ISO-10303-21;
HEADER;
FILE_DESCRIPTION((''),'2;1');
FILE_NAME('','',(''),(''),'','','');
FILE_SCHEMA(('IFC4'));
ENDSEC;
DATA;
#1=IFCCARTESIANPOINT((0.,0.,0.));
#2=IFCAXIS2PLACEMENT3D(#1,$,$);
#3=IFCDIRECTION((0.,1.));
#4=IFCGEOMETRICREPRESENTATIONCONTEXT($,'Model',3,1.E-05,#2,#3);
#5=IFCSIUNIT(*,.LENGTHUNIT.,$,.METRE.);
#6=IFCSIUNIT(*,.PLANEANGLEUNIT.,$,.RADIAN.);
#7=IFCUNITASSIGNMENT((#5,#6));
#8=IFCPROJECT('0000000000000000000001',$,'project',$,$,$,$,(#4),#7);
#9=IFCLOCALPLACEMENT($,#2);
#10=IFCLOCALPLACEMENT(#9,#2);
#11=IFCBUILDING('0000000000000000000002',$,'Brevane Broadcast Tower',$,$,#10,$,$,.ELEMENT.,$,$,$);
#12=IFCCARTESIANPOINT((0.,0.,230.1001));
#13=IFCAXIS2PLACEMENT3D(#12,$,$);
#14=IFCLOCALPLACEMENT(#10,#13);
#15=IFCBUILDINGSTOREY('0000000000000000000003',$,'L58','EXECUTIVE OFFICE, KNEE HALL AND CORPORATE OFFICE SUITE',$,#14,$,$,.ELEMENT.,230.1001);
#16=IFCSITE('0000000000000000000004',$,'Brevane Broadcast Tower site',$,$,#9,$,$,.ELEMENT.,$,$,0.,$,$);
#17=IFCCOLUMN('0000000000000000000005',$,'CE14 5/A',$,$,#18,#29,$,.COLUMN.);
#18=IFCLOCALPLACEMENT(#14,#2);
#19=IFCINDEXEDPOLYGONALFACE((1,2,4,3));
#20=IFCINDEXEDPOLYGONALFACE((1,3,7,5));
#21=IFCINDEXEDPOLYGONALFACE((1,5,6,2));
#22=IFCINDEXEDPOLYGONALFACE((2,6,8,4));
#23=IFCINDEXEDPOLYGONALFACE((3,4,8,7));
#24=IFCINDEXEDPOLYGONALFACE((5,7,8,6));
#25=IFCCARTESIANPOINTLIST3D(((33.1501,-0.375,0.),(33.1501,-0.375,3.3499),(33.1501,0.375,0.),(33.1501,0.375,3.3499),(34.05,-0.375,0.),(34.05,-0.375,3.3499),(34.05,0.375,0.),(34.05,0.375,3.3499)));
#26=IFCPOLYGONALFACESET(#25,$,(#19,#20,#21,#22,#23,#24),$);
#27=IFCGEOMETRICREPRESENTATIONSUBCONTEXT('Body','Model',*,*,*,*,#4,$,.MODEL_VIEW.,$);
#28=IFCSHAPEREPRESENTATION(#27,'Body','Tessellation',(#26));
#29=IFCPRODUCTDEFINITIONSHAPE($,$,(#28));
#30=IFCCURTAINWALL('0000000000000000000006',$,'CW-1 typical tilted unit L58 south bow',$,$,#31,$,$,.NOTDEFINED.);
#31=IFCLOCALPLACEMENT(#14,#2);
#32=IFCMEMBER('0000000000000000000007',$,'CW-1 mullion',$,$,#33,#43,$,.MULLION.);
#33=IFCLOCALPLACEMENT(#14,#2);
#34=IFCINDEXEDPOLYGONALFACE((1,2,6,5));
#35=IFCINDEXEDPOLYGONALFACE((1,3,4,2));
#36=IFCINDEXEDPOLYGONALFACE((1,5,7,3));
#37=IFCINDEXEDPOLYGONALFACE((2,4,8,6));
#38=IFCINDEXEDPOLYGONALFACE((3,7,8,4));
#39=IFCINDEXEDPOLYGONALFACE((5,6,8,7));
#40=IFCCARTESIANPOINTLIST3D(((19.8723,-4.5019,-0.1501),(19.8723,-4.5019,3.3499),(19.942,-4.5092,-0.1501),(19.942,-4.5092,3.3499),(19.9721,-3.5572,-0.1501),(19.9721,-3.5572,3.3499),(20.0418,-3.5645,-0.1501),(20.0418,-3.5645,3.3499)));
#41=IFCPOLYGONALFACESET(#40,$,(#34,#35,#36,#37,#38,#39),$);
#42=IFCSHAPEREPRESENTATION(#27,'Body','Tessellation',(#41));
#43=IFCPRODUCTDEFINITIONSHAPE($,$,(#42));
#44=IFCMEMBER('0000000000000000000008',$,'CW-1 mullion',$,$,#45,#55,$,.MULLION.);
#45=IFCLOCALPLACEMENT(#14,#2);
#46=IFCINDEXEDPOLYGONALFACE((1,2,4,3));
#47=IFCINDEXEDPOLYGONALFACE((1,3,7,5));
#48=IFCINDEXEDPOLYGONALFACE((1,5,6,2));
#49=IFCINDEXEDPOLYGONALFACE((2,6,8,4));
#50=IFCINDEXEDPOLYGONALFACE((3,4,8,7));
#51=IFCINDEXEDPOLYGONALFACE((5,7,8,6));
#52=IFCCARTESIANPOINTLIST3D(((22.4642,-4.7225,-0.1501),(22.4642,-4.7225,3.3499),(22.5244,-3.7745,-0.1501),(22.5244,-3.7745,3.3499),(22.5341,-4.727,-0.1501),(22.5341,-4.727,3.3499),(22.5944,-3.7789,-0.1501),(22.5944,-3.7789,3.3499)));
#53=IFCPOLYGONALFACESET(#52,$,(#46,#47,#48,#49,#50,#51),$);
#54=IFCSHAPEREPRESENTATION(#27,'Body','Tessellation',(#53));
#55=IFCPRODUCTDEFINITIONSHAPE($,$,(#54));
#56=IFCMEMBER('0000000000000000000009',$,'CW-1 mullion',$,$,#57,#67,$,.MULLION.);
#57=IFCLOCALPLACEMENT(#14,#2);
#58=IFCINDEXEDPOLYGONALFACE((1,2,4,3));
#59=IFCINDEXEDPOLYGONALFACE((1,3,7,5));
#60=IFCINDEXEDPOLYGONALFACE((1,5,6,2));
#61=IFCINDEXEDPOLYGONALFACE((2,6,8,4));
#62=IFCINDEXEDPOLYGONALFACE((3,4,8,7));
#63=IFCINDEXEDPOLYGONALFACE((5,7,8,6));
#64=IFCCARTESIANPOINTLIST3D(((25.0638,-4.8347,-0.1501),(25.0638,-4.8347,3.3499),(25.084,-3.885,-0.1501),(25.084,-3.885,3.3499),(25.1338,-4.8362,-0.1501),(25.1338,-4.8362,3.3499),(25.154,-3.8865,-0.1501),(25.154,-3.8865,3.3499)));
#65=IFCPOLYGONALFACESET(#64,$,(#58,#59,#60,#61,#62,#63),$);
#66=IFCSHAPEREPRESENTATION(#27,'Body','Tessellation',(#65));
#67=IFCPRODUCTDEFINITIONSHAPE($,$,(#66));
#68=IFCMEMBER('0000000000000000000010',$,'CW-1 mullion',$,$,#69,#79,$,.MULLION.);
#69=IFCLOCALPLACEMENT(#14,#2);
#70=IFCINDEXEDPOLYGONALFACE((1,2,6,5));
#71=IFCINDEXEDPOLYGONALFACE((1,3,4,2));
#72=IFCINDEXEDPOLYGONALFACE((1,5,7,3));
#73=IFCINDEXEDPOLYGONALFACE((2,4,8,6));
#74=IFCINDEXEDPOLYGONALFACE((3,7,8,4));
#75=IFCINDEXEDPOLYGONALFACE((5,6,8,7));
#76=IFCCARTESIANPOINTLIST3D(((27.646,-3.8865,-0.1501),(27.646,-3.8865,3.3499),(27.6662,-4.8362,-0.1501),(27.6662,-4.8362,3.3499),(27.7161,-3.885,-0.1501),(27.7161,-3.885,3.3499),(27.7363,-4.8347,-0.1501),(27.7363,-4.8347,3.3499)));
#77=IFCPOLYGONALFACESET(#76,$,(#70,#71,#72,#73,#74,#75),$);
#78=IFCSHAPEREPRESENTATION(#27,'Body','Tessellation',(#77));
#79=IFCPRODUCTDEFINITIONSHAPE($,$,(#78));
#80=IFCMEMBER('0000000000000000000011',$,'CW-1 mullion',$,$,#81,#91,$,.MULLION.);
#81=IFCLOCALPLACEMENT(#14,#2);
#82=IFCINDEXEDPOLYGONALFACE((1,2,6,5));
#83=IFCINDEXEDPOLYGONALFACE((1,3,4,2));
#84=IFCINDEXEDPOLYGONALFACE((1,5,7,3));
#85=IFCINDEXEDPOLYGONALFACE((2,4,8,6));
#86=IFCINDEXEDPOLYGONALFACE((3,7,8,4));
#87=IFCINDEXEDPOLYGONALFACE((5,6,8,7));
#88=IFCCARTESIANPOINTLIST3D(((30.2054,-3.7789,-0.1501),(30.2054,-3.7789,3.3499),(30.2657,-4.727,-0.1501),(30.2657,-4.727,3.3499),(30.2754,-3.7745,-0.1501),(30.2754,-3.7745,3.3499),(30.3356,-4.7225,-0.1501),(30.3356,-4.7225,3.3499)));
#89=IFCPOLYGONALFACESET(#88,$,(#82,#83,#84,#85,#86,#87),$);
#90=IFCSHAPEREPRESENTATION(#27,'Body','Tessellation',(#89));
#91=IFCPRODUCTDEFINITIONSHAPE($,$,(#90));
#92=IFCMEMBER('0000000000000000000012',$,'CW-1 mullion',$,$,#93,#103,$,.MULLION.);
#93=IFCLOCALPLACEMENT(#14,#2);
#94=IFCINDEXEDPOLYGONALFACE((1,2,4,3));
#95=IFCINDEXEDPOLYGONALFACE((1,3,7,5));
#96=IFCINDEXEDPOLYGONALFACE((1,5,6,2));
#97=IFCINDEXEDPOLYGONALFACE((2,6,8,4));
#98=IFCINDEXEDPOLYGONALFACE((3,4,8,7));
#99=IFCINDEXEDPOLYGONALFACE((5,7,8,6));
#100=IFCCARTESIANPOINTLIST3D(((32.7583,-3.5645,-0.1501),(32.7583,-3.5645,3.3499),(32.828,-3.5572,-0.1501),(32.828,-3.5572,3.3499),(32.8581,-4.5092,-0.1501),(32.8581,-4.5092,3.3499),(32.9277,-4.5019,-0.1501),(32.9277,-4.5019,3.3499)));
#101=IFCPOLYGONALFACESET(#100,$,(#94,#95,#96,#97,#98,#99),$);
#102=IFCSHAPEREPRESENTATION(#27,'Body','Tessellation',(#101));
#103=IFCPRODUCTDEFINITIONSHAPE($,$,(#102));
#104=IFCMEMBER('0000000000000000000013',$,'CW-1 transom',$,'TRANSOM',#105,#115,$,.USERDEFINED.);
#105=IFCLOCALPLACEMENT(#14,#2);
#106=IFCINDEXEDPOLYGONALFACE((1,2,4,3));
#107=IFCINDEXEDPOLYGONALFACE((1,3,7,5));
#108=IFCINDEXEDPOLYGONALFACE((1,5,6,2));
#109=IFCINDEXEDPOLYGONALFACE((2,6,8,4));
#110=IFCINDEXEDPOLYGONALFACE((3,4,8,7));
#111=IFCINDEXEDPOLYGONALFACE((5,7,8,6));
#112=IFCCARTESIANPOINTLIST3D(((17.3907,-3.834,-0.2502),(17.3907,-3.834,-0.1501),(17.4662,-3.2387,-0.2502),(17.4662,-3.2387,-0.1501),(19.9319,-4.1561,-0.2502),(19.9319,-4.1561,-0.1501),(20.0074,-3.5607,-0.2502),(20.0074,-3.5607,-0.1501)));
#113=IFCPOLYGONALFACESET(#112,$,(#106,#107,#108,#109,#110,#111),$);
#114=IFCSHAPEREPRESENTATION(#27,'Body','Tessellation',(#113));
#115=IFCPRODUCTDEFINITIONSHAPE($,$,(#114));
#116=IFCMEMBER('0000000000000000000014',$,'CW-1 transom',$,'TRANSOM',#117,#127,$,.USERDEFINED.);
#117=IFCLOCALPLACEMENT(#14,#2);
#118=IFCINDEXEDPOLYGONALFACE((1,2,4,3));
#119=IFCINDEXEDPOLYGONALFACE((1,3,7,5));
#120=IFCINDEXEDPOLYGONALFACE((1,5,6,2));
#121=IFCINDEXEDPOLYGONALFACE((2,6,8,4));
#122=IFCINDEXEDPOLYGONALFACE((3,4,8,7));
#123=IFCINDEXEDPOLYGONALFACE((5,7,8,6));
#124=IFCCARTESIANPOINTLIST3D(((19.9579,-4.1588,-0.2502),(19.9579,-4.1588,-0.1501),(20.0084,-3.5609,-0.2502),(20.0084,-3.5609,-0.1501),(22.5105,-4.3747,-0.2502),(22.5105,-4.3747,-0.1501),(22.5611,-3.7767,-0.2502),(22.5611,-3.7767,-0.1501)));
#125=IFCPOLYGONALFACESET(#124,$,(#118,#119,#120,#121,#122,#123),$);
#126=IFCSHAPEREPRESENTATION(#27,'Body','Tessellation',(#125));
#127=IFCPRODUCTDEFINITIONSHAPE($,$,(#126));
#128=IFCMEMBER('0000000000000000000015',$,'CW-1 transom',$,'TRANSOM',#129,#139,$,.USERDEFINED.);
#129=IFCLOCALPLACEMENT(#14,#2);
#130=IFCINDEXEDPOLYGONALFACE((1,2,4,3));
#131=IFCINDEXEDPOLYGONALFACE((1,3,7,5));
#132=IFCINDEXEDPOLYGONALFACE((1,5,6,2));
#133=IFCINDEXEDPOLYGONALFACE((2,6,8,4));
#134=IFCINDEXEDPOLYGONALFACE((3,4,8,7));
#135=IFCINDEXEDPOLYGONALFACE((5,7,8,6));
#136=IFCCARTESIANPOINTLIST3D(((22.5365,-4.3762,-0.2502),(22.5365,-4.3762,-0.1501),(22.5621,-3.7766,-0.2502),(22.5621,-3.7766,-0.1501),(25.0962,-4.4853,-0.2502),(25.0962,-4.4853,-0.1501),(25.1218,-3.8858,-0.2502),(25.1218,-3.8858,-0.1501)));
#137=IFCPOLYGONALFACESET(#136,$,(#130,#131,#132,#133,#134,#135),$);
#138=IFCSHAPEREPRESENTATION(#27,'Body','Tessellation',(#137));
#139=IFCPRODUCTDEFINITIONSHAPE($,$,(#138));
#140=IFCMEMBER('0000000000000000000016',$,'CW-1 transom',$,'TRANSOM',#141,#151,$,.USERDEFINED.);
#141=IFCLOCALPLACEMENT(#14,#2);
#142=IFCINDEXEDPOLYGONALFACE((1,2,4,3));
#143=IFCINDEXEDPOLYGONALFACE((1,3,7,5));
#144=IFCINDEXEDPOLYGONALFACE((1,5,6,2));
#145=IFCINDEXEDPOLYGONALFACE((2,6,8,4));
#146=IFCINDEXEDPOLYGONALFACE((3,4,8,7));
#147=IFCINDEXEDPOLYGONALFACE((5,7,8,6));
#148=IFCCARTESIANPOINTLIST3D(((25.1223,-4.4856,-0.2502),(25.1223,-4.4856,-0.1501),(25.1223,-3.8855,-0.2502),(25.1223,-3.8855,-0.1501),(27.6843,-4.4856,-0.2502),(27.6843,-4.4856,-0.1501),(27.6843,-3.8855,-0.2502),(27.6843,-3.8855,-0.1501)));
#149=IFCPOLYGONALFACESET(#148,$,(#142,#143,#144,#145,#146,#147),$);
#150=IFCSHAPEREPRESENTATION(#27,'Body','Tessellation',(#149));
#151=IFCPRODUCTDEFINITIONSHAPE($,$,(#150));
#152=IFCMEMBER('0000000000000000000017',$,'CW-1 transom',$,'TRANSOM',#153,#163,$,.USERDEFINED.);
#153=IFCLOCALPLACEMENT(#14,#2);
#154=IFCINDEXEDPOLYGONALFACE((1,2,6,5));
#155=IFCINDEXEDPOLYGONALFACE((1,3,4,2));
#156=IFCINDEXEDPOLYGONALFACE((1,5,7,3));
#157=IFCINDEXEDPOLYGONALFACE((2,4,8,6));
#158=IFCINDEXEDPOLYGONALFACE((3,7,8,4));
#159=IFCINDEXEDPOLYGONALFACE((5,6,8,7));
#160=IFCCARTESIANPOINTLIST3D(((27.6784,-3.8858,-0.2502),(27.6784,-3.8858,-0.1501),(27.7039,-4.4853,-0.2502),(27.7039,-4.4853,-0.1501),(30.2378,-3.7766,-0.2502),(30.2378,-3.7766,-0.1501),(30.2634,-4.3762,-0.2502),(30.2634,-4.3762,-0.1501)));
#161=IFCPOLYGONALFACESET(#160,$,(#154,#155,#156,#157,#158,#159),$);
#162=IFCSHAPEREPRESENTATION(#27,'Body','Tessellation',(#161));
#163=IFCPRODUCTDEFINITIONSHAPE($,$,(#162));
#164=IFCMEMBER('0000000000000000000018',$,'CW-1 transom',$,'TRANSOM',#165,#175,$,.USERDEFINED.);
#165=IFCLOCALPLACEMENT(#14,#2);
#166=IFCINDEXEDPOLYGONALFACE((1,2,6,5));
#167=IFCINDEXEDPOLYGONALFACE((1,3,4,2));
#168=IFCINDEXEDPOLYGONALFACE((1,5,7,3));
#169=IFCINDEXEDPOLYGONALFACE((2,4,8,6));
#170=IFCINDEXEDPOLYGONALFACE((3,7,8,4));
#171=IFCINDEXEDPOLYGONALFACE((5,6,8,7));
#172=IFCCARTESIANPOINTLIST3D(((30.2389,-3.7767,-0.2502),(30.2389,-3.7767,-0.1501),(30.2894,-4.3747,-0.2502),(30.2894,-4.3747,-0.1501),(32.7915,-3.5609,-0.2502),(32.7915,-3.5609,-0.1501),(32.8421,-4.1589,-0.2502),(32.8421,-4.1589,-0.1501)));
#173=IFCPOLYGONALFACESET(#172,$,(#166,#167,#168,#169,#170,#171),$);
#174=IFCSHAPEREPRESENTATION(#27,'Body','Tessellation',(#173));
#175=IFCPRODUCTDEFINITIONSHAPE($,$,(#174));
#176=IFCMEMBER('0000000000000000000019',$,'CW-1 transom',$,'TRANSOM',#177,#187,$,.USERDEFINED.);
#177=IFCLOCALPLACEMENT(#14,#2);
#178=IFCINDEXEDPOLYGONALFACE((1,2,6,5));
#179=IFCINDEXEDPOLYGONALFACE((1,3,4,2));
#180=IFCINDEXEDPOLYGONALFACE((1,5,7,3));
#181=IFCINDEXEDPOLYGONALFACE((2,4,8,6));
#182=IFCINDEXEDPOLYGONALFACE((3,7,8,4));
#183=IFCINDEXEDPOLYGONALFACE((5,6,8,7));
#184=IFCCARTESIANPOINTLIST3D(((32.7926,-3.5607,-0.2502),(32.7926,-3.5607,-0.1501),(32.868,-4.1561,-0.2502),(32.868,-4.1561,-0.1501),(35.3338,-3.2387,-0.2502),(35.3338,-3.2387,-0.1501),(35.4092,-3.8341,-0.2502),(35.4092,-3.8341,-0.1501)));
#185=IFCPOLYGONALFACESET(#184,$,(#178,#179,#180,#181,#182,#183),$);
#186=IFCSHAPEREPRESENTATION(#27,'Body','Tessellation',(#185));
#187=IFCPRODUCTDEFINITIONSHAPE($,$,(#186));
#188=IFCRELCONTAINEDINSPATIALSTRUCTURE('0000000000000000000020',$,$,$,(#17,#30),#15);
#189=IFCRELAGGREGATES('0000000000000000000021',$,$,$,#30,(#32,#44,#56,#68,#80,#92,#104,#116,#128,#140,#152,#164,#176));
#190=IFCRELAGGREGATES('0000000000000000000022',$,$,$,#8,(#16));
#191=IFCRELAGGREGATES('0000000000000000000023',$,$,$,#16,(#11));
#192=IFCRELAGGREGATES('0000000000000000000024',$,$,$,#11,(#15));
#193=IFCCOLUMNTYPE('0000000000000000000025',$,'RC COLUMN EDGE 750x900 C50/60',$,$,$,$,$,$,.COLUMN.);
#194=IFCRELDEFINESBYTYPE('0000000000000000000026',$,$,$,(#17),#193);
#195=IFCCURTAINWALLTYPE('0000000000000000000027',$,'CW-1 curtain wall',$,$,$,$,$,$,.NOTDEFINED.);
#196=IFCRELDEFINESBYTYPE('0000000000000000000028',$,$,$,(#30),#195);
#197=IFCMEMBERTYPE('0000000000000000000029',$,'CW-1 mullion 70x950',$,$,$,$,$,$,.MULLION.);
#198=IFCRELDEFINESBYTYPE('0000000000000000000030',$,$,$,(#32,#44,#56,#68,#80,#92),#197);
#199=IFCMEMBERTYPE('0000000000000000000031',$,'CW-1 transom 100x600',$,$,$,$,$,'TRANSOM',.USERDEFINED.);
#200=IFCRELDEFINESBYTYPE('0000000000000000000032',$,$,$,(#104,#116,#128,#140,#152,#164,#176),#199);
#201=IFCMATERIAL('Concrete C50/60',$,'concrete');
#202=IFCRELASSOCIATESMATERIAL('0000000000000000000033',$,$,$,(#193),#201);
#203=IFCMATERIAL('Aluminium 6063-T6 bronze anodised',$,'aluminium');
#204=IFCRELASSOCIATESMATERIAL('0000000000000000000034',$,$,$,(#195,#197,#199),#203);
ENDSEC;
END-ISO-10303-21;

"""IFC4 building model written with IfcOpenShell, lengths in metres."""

from ifc_helpers import new_model, si_unit, direction, frame, origin, origin_2d, place, context, subcontext, project, spatial, rectangle, extrude, material, material_profile, profile_set, type_object, element, aggregate, save


model = new_model("IFC4")

# Units and contexts
model_context = context("Model", 3, precision=1e-05, world=origin(), true_north=direction((0.0, 1.0)))
body_context = subcontext(model_context, "Body", "Model", "MODEL_VIEW")
ifc_project = project(units=[si_unit("LENGTHUNIT", "METRE"), si_unit("PLANEANGLEUNIT", "RADIAN")], contexts=[model_context])

# Site, building, storey
site_placement = place(None, origin())
site = spatial("IfcSite", under=ifc_project, at=site_placement, Name="Brevane Broadcast Tower site", CompositionType="ELEMENT", RefElevation=0.0)
building_placement = place(site_placement, origin())
building = spatial("IfcBuilding", under=site, at=building_placement, Name="Brevane Broadcast Tower", CompositionType="ELEMENT")
storey_placement = place(building_placement, frame((0.0, 0.0, 230.1001)))
storey = spatial("IfcBuildingStorey", under=building, at=storey_placement, Name="L58", Description="EXECUTIVE OFFICE, KNEE HALL AND CORPORATE OFFICE SUITE", CompositionType="ELEMENT", Elevation=230.1001)

# Column
ifc_material_1 = material(Name="Concrete C50/60", Category="concrete")
ifc_material_profile_1 = material_profile(ifc_material_1, rectangle(XDim=0.75, YDim=0.8999, at=origin_2d()), Name="RC 750x900")
ifc_profile_set_1 = profile_set([ifc_material_profile_1], Name="Concrete C50/60")
column_type = type_object("IfcColumnType", Name="RC COLUMN EDGE 750x900 C50/60", PredefinedType="COLUMN", material=ifc_profile_set_1)
column_placement = place(storey_placement, frame((33.6001, 0.0, 0.0), z_axis=(0.0, 0.0, 1.0), x_axis=(0.0, 1.0, 0.0)))
element("IfcColumn", 1, at=column_placement, inside=storey, type_object=column_type, Name="CE14 5/A", PredefinedType="COLUMN", context=body_context, shape_type="SweptSolid", body=[
    extrude(rectangle(XDim=0.75, YDim=0.8999, at=origin_2d()), origin(), (0.0, 0.0, 1.0), 3.3499),
])

# Curtain wall, members
ifc_material_2 = material(Name="Aluminium 6063-T6 bronze anodised", Category="aluminium")
curtain_wall_type = type_object("IfcCurtainWallType", Name="CW-1 curtain wall", PredefinedType="NOTDEFINED", material=ifc_material_2)
curtain_wall_placement = place(storey_placement, origin())
curtain_wall = element("IfcCurtainWall", 2, at=curtain_wall_placement, inside=storey, type_object=curtain_wall_type, Name="CW-1 typical tilted unit L58 south bow", PredefinedType="NOTDEFINED")
ifc_material_profile_2 = material_profile(ifc_material_2, rectangle(XDim=0.95, YDim=0.0701, at=origin_2d()), Name="RECT 70x950")
ifc_profile_set_2 = profile_set([ifc_material_profile_2], Name="Aluminium 6063-T6 bronze anodised")
member_type_1 = type_object("IfcMemberType", Name="CW-1 mullion 70x950", PredefinedType="MULLION", material=ifc_profile_set_2)
member_1_placement = place(storey_placement, frame((19.957, -4.0332, -0.1501), z_axis=(0.0, 0.0, 1.0), x_axis=(0.105018, 0.99447, 0.0)))
member_1 = element("IfcMember", 3, at=member_1_placement, type_object=member_type_1, Name="CW-1 mullion", PredefinedType="MULLION", context=body_context, shape_type="SweptSolid", body=[
    extrude(rectangle(XDim=0.95, YDim=0.0701, at=origin_2d()), origin(), (0.0, 0.0, 1.0), 3.5),
])
member_2_placement = place(storey_placement, frame((22.5293, -4.2507, -0.1501), z_axis=(0.0, 0.0, 1.0), x_axis=(0.063406, 0.997988, 0.0)))
member_2 = element("IfcMember", 4, at=member_2_placement, type_object=member_type_1, Name="CW-1 mullion", PredefinedType="MULLION", context=body_context, shape_type="SweptSolid", body=[
    extrude(rectangle(XDim=0.95, YDim=0.0701, at=origin_2d()), origin(), (0.0, 0.0, 1.0), 3.5),
])
member_3_placement = place(storey_placement, frame((25.1089, -4.3606, -0.1501), z_axis=(0.0, 0.0, 1.0), x_axis=(0.021282, 0.999774, 0.0)))
member_3 = element("IfcMember", 5, at=member_3_placement, type_object=member_type_1, Name="CW-1 mullion", PredefinedType="MULLION", context=body_context, shape_type="SweptSolid", body=[
    extrude(rectangle(XDim=0.95, YDim=0.0701, at=origin_2d()), origin(), (0.0, 0.0, 1.0), 3.5),
])
member_4_placement = place(storey_placement, frame((27.6912, -4.3606, -0.1501), z_axis=(0.0, 0.0, 1.0), x_axis=(-0.021282, 0.999774, 0.0)))
member_4 = element("IfcMember", 6, at=member_4_placement, type_object=member_type_1, Name="CW-1 mullion", PredefinedType="MULLION", context=body_context, shape_type="SweptSolid", body=[
    extrude(rectangle(XDim=0.95, YDim=0.0701, at=origin_2d()), origin(), (0.0, 0.0, 1.0), 3.5),
])
member_5_placement = place(storey_placement, frame((30.2705, -4.2507, -0.1501), z_axis=(0.0, 0.0, 1.0), x_axis=(-0.063406, 0.997988, 0.0)))
member_5 = element("IfcMember", 7, at=member_5_placement, type_object=member_type_1, Name="CW-1 mullion", PredefinedType="MULLION", context=body_context, shape_type="SweptSolid", body=[
    extrude(rectangle(XDim=0.95, YDim=0.0701, at=origin_2d()), origin(), (0.0, 0.0, 1.0), 3.5),
])
member_6_placement = place(storey_placement, frame((32.843, -4.0332, -0.1501), z_axis=(0.0, 0.0, 1.0), x_axis=(-0.105018, 0.99447, 0.0)))
member_6 = element("IfcMember", 8, at=member_6_placement, type_object=member_type_1, Name="CW-1 mullion", PredefinedType="MULLION", context=body_context, shape_type="SweptSolid", body=[
    extrude(rectangle(XDim=0.95, YDim=0.0701, at=origin_2d()), origin(), (0.0, 0.0, 1.0), 3.5),
])
ifc_material_profile_3 = material_profile(ifc_material_2, rectangle(XDim=0.6001, YDim=0.1001, at=origin_2d()), Name="RECT 100x600")
ifc_profile_set_3 = profile_set([ifc_material_profile_3], Name="Aluminium 6063-T6 bronze anodised")
member_type_2 = type_object("IfcMemberType", Name="CW-1 transom 100x600", ElementType="TRANSOM", PredefinedType="USERDEFINED", material=ifc_profile_set_3)
member_7_placement = place(storey_placement, frame((17.4285, -3.5364, -0.2002), z_axis=(0.992067, -0.125712, 0.0), x_axis=(0.125712, 0.992067, 0.0)))
member_7 = element("IfcMember", 9, at=member_7_placement, type_object=member_type_2, Name="CW-1 transom", ObjectType="TRANSOM", PredefinedType="USERDEFINED", context=body_context, shape_type="SweptSolid", body=[
    extrude(rectangle(XDim=0.6001, YDim=0.1001, at=origin_2d()), origin(), (0.0, 0.0, 1.0), 2.5615),
])
member_8_placement = place(storey_placement, frame((19.9832, -3.8599, -0.2002), z_axis=(0.996445, -0.084244, 0.0), x_axis=(0.084244, 0.996445, 0.0)))
member_8 = element("IfcMember", 10, at=member_8_placement, type_object=member_type_2, Name="CW-1 transom", ObjectType="TRANSOM", PredefinedType="USERDEFINED", context=body_context, shape_type="SweptSolid", body=[
    extrude(rectangle(XDim=0.6001, YDim=0.1001, at=origin_2d()), origin(), (0.0, 0.0, 1.0), 2.5618),
])
member_9_placement = place(storey_placement, frame((22.5493, -4.0764, -0.2002), z_axis=(0.999092, -0.042598, 0.0), x_axis=(0.042598, 0.999092, 0.0)))
member_9 = element("IfcMember", 11, at=member_9_placement, type_object=member_type_2, Name="CW-1 transom", ObjectType="TRANSOM", PredefinedType="USERDEFINED", context=body_context, shape_type="SweptSolid", body=[
    extrude(rectangle(XDim=0.6001, YDim=0.1001, at=origin_2d()), origin(), (0.0, 0.0, 1.0), 2.562),
])
member_10_placement = place(storey_placement, frame((25.1223, -4.1855, -0.2002), z_axis=(1.0, 0.0, 0.0), x_axis=(0.0, 1.0, 0.0)))
member_10 = element("IfcMember", 12, at=member_10_placement, type_object=member_type_2, Name="CW-1 transom", ObjectType="TRANSOM", PredefinedType="USERDEFINED", context=body_context, shape_type="SweptSolid", body=[
    extrude(rectangle(XDim=0.6001, YDim=0.1001, at=origin_2d()), origin(), (0.0, 0.0, 1.0), 2.562),
])
member_11_placement = place(storey_placement, frame((27.6912, -4.1855, -0.2002), z_axis=(0.999092, 0.042602, 0.0), x_axis=(-0.042602, 0.999092, 0.0)))
member_11 = element("IfcMember", 13, at=member_11_placement, type_object=member_type_2, Name="CW-1 transom", ObjectType="TRANSOM", PredefinedType="USERDEFINED", context=body_context, shape_type="SweptSolid", body=[
    extrude(rectangle(XDim=0.6001, YDim=0.1001, at=origin_2d()), origin(), (0.0, 0.0, 1.0), 2.5618),
])
member_12_placement = place(storey_placement, frame((30.2642, -4.0757, -0.2002), z_axis=(0.996445, 0.084244, 0.0), x_axis=(-0.084244, 0.996445, 0.0)))
member_12 = element("IfcMember", 14, at=member_12_placement, type_object=member_type_2, Name="CW-1 transom", ObjectType="TRANSOM", PredefinedType="USERDEFINED", context=body_context, shape_type="SweptSolid", body=[
    extrude(rectangle(XDim=0.6001, YDim=0.1001, at=origin_2d()), origin(), (0.0, 0.0, 1.0), 2.5618),
])
member_13_placement = place(storey_placement, frame((32.8303, -3.8584, -0.2002), z_axis=(0.992067, 0.125712, 0.0), x_axis=(-0.125712, 0.992067, 0.0)))
member_13 = element("IfcMember", 15, at=member_13_placement, type_object=member_type_2, Name="CW-1 transom", ObjectType="TRANSOM", PredefinedType="USERDEFINED", context=body_context, shape_type="SweptSolid", body=[
    extrude(rectangle(XDim=0.6001, YDim=0.1001, at=origin_2d()), origin(), (0.0, 0.0, 1.0), 2.5615),
])
aggregate(curtain_wall, [member_1, member_2, member_3, member_4, member_5, member_6, member_7, member_8, member_9, member_10, member_11, member_12, member_13])

save(model, "model.ifc")
